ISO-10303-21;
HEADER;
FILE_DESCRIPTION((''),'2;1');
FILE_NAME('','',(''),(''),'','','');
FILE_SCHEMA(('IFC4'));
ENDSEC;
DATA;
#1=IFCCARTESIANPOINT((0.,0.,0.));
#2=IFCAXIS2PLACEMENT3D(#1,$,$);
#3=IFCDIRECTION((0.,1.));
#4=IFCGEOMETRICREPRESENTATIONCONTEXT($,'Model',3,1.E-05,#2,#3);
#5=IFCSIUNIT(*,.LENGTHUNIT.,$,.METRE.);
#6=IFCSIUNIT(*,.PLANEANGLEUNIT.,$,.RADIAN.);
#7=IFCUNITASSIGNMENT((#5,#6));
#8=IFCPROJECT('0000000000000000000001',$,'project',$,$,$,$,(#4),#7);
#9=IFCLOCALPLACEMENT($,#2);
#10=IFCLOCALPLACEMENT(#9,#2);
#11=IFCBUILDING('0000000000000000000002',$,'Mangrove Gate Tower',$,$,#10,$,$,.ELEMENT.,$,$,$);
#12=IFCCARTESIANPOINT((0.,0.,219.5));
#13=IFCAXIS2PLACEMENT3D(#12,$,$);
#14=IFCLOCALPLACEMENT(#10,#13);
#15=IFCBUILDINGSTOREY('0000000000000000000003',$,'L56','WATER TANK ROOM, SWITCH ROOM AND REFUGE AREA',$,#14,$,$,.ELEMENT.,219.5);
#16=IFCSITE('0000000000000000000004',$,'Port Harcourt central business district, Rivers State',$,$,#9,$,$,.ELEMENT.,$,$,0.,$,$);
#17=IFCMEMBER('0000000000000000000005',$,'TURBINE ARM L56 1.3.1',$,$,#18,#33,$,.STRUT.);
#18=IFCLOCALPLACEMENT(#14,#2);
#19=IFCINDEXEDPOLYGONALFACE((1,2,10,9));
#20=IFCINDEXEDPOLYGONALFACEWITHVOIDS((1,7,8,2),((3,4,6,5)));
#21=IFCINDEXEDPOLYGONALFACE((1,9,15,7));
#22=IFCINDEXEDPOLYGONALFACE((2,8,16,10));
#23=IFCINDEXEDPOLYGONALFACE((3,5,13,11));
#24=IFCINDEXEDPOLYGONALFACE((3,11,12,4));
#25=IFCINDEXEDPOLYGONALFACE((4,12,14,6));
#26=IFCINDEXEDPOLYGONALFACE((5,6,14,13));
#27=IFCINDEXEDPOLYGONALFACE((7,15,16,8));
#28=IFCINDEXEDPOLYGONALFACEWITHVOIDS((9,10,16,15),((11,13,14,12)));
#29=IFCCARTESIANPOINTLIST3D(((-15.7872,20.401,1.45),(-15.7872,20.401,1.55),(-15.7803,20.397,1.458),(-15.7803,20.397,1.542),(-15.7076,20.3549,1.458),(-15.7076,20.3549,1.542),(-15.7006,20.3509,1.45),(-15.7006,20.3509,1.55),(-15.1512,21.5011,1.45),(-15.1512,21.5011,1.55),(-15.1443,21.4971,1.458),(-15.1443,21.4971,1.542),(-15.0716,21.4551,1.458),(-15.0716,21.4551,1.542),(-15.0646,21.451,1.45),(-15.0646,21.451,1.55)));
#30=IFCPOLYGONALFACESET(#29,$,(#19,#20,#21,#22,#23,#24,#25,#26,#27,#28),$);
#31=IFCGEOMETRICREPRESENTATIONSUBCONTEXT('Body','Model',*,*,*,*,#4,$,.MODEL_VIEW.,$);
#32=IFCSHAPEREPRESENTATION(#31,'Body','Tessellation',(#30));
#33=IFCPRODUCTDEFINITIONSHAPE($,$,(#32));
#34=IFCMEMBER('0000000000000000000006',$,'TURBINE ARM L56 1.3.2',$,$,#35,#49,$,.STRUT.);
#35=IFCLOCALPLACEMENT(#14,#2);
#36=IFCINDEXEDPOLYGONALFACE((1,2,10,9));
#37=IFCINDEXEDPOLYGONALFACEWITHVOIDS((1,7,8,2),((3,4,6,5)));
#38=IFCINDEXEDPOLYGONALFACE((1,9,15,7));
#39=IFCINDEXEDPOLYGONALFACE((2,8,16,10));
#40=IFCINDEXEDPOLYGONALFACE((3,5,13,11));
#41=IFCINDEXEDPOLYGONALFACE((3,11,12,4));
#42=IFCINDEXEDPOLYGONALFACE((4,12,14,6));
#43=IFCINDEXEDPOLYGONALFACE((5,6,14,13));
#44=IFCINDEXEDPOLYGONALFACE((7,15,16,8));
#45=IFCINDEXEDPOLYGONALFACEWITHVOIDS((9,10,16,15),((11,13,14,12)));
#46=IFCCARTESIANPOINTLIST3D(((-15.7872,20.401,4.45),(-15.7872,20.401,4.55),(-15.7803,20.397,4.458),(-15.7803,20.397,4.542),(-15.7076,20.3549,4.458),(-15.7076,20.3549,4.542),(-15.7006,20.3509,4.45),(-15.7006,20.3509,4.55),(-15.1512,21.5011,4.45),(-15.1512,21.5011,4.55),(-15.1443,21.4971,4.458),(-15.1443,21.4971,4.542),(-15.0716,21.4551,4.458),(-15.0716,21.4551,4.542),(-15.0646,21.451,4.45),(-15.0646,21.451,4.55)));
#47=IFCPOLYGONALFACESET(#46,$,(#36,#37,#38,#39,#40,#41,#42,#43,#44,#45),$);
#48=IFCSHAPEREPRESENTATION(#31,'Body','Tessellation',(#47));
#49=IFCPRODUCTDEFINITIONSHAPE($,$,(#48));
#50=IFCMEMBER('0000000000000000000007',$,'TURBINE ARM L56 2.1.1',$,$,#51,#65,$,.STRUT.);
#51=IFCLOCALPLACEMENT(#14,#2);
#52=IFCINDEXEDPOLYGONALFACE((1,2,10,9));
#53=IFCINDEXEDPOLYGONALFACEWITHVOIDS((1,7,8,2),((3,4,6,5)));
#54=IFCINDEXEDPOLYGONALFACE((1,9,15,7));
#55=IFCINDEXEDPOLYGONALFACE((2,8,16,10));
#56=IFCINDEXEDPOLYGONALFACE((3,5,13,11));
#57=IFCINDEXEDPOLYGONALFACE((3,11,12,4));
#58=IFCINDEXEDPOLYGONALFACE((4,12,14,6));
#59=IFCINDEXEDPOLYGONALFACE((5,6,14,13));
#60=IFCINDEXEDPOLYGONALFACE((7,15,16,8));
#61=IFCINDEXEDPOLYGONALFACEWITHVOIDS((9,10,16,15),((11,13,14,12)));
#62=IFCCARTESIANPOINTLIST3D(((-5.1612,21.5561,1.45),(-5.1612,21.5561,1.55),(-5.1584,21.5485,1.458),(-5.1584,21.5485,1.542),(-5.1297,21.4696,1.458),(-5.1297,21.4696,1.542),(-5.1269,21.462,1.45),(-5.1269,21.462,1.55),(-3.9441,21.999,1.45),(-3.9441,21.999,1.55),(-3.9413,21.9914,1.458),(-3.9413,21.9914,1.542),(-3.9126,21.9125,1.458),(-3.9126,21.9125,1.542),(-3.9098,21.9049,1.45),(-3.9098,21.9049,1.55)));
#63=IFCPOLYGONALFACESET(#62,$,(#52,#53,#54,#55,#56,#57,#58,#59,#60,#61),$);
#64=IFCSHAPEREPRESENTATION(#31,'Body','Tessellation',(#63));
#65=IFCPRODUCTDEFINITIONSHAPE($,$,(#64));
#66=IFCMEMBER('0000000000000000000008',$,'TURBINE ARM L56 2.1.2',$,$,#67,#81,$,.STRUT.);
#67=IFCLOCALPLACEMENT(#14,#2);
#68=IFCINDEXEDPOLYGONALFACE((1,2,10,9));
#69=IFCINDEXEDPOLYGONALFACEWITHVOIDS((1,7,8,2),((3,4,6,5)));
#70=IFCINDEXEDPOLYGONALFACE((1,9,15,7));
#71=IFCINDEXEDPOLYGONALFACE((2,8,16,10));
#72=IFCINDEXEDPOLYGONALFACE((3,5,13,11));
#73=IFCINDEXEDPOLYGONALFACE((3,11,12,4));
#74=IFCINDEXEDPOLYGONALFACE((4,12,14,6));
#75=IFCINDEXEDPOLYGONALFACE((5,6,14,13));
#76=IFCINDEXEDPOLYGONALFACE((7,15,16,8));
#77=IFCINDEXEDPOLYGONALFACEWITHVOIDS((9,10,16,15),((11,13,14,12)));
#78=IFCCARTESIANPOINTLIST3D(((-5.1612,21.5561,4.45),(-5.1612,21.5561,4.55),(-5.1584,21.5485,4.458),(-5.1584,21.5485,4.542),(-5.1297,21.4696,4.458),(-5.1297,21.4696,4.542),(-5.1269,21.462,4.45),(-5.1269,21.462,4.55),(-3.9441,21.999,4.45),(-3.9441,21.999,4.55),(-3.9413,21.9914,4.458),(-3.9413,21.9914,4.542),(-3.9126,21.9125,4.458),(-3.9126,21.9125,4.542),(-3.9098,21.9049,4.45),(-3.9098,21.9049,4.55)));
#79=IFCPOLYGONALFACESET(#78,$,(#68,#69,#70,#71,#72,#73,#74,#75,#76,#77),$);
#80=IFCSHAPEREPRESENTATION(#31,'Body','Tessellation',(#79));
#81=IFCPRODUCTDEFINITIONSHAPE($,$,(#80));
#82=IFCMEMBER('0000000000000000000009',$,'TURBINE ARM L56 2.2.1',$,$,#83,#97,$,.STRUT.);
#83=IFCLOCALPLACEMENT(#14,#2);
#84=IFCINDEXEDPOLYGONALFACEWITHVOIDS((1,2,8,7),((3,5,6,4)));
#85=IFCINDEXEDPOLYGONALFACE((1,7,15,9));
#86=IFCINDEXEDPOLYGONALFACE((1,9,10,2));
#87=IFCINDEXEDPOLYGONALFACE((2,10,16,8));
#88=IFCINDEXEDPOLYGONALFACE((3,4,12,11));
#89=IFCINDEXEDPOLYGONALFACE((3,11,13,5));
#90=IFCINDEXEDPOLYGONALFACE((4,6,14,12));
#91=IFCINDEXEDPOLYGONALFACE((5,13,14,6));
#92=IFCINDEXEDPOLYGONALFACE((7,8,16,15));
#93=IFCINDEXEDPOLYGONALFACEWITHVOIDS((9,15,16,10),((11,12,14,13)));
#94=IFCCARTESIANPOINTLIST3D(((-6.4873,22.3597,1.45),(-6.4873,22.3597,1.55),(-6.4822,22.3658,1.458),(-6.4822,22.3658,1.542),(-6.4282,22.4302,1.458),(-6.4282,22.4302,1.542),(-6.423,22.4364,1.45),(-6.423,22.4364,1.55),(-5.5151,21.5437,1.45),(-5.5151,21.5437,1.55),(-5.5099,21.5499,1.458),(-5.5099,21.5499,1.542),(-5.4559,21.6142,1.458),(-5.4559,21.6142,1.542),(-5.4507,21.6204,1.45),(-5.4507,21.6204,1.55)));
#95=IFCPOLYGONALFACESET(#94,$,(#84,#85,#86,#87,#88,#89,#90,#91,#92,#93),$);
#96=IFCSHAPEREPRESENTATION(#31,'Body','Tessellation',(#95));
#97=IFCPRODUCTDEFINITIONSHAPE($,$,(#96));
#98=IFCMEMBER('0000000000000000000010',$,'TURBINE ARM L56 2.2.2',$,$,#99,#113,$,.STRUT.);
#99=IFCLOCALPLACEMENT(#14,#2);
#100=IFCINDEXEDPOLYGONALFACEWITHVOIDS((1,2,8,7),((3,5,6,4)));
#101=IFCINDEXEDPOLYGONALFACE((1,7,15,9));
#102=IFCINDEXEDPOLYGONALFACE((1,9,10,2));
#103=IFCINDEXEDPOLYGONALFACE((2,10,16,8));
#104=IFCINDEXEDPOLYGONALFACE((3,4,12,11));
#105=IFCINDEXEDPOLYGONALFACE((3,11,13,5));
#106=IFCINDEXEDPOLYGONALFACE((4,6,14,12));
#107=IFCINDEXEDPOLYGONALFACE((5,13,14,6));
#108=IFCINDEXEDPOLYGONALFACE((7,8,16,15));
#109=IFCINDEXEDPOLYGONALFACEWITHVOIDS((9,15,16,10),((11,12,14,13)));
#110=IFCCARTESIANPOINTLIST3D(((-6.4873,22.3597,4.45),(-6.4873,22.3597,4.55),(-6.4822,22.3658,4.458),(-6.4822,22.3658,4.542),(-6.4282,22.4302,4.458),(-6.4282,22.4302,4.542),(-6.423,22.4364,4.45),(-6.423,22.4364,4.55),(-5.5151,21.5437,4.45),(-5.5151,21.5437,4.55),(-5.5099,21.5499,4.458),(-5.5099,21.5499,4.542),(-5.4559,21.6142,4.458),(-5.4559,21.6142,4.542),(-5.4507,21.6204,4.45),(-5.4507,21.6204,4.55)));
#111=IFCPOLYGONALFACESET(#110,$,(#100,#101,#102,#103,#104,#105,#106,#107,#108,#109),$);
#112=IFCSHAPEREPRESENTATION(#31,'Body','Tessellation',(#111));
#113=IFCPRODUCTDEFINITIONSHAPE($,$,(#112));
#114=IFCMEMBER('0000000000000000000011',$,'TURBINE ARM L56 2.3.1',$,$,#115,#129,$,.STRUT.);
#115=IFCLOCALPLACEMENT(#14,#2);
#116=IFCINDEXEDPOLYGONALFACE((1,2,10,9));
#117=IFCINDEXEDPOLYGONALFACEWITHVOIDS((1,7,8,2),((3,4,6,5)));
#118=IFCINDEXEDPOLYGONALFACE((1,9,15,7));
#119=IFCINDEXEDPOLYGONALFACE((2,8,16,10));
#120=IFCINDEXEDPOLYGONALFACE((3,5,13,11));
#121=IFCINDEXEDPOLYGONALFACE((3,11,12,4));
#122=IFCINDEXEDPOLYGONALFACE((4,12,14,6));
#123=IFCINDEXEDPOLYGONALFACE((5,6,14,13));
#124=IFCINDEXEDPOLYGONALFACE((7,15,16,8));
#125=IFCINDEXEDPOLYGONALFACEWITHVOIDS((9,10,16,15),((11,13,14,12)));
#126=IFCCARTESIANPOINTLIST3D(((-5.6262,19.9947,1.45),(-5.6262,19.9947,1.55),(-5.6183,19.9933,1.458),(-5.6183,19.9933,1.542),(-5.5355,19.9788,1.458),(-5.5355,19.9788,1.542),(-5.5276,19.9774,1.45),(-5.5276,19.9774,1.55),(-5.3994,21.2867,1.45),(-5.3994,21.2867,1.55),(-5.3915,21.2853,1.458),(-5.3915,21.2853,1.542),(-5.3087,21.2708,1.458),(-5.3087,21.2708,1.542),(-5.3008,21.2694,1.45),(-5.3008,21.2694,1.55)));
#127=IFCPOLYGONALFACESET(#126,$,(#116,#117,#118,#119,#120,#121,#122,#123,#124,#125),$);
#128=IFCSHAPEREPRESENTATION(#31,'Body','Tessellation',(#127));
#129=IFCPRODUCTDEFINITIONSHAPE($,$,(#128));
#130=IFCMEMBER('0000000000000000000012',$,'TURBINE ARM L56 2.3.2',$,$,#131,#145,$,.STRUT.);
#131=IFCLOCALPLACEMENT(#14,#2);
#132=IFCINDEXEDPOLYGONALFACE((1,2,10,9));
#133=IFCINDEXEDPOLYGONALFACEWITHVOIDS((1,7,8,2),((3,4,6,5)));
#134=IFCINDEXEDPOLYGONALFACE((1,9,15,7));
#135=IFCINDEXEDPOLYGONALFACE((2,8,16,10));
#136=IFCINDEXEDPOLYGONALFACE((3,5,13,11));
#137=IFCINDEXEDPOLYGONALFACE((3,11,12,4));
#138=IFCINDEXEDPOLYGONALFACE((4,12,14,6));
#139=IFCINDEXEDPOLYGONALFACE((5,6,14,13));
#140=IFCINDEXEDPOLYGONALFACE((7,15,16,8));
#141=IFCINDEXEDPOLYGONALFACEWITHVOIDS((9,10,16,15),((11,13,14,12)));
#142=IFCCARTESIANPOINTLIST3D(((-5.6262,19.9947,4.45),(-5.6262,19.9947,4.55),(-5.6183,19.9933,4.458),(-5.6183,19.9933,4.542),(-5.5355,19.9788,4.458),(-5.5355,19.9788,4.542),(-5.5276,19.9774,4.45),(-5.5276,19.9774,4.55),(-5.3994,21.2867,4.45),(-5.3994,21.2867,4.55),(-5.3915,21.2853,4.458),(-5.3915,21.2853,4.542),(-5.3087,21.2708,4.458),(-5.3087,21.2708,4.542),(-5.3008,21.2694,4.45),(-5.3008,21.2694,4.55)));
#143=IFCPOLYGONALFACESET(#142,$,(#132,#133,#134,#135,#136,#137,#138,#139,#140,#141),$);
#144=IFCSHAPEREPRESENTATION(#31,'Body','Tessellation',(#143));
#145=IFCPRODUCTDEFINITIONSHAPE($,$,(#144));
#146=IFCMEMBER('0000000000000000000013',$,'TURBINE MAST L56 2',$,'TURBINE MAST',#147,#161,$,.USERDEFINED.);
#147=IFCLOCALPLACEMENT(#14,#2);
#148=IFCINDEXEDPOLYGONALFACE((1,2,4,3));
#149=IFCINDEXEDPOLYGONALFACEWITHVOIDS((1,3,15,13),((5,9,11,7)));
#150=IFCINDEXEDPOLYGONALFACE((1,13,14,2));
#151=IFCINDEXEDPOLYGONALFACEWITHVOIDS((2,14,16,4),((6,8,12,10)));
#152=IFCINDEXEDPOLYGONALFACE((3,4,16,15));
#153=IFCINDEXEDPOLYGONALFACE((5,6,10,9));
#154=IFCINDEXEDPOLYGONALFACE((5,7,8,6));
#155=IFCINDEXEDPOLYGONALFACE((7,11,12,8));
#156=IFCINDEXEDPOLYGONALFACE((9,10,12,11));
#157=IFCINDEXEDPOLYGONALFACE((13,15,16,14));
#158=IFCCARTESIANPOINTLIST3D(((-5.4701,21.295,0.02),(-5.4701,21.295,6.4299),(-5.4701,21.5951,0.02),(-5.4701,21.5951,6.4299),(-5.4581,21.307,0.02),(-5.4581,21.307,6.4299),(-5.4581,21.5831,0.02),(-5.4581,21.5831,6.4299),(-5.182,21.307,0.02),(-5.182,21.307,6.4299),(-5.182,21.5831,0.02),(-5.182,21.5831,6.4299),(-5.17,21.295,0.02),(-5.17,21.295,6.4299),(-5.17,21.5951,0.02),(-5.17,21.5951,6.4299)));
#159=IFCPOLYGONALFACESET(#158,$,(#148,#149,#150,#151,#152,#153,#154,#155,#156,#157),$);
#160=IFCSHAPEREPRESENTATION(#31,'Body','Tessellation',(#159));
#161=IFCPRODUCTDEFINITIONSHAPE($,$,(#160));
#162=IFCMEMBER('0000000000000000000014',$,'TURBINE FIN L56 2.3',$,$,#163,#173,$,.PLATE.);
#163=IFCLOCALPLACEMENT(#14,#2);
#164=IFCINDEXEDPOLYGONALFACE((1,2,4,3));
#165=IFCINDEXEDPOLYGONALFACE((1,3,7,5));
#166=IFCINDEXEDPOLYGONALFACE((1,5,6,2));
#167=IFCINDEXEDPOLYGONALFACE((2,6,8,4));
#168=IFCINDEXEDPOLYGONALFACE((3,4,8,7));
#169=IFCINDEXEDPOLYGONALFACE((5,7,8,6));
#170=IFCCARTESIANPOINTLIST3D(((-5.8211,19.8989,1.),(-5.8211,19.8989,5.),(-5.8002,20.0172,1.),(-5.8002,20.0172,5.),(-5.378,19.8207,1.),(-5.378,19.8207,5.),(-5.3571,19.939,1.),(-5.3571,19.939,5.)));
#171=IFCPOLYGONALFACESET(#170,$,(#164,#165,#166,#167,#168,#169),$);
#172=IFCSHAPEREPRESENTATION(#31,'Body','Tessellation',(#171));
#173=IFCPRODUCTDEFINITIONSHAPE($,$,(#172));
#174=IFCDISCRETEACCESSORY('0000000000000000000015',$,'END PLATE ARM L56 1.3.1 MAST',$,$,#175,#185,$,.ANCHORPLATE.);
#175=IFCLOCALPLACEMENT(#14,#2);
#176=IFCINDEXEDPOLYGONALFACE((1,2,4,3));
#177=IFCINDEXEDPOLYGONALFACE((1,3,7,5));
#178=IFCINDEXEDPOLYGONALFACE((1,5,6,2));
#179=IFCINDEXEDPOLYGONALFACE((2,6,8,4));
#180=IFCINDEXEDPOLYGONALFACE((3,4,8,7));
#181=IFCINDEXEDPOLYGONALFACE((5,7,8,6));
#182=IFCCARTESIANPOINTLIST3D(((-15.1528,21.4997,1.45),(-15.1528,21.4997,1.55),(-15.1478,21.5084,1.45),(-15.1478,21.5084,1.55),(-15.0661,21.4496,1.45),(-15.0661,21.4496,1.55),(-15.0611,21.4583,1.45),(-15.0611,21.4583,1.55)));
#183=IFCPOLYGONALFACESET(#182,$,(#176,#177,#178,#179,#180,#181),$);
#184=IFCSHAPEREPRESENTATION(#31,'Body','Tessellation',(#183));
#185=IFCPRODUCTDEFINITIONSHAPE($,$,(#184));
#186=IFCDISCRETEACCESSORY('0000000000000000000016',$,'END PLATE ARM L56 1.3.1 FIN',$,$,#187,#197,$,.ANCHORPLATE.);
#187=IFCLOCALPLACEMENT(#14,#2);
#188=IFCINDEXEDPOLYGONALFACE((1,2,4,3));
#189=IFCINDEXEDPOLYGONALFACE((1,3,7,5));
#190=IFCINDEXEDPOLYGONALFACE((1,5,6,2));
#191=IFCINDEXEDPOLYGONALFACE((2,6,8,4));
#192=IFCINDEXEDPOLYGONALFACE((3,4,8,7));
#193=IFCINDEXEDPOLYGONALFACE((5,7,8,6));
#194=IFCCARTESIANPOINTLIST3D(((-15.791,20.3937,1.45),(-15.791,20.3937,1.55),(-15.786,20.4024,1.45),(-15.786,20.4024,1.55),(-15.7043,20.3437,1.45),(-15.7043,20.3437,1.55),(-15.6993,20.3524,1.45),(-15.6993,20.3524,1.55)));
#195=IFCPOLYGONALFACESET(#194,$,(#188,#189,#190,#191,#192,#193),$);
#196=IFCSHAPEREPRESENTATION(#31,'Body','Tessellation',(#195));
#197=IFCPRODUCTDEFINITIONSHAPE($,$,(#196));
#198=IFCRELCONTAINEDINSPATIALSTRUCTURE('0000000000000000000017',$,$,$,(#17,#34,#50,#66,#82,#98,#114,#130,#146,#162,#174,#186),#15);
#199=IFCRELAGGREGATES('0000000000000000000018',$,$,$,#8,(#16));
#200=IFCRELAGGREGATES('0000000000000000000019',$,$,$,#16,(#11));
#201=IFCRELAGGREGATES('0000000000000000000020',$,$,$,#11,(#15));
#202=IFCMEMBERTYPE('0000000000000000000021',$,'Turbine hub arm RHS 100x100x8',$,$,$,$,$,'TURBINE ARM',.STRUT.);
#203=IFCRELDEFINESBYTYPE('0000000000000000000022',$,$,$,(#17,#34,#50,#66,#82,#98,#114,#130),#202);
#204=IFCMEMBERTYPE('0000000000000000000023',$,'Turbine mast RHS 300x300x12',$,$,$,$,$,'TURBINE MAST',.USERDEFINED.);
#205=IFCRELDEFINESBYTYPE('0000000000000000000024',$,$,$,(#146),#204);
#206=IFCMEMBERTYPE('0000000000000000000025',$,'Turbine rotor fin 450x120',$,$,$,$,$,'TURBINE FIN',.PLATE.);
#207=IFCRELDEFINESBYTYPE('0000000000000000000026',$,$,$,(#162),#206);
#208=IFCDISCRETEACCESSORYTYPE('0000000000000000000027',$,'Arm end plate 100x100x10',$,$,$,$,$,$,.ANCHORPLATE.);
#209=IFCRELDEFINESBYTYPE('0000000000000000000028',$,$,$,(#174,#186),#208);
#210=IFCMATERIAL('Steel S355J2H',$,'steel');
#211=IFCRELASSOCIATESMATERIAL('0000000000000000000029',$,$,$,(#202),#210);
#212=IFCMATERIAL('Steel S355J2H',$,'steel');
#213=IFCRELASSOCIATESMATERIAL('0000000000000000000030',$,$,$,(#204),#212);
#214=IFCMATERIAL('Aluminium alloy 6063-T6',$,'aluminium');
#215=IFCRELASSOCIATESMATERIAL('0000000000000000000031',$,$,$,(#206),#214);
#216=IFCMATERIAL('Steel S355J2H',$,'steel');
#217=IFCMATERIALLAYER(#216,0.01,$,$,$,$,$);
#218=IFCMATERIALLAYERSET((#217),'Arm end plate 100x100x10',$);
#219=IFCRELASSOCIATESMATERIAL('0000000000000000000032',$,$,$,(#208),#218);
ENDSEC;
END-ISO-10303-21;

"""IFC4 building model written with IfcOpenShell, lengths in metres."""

from ifc_helpers import new_model, si_unit, direction, frame, origin, origin_2d, place, context, subcontext, project, spatial, rectangle, hollow_rectangle, extrude, material, layer, layer_set, material_profile, profile_set, type_object, element, save


model = new_model("IFC4")

# Units and contexts
model_context = context("Model", 3, precision=1e-05, world=origin(), true_north=direction((0.0, 1.0)))
body_context = subcontext(model_context, "Body", "Model", "MODEL_VIEW")
ifc_project = project(units=[si_unit("LENGTHUNIT", "METRE"), si_unit("PLANEANGLEUNIT", "RADIAN")], contexts=[model_context])

# Site, building, storey
site_placement = place(None, origin())
site = spatial("IfcSite", under=ifc_project, at=site_placement, Name="Port Harcourt central business district, Rivers State", CompositionType="ELEMENT", RefElevation=0.0)
building_placement = place(site_placement, origin())
building = spatial("IfcBuilding", under=site, at=building_placement, Name="Mangrove Gate Tower", CompositionType="ELEMENT")
storey_placement = place(building_placement, frame((0.0, 0.0, 219.5)))
storey = spatial("IfcBuildingStorey", under=building, at=storey_placement, Name="L56", Description="WATER TANK ROOM, SWITCH ROOM AND REFUGE AREA", CompositionType="ELEMENT", Elevation=219.5)

# Members
ifc_material_1 = material(Name="Steel S355J2H", Category="steel")
ifc_material_profile_1 = material_profile(ifc_material_1, hollow_rectangle(XDim=0.1001, YDim=0.1001, WallThickness=0.0081, at=origin_2d()))
ifc_profile_set_1 = profile_set([ifc_material_profile_1], Name="Steel S355J2H")
member_type_1 = type_object("IfcMemberType", Name="Turbine hub arm RHS 100x100x8", ElementType="TURBINE ARM", PredefinedType="STRUT", material=ifc_profile_set_1)
for number, where, z_axis, x_axis, name in (
    (1, (-15.1079, 21.4761, 1.5), (-0.500498, -0.865737, 0.0), (0.865737, -0.500498, 0.0), "TURBINE ARM L56 1.3.1"),
    (2, (-15.1079, 21.4761, 4.5), (-0.500498, -0.865737, 0.0), (0.865737, -0.500498, 0.0), "TURBINE ARM L56 1.3.2"),
):
    element("IfcMember", number, at=place(storey_placement, frame(where, z_axis=z_axis, x_axis=x_axis)), inside=storey, type_object=member_type_1, Name=name, PredefinedType="STRUT", context=body_context, shape_type="SweptSolid", body=[
        extrude(hollow_rectangle(XDim=0.1001, YDim=0.1001, WallThickness=0.0081, at=origin_2d()), origin(), (0.0, 0.0, 1.0), 1.2708),
    ])
for number, where, z_axis, x_axis, name in (
    (3, (-5.144, 21.509, 1.5), (0.939716, 0.341955, 0.0), (-0.341955, 0.939716, 0.0), "TURBINE ARM L56 2.1.1"),
    (4, (-5.144, 21.509, 4.5), (0.939716, 0.341955, 0.0), (-0.341955, 0.939716, 0.0), "TURBINE ARM L56 2.1.2"),
):
    element("IfcMember", number, at=place(storey_placement, frame(where, z_axis=z_axis, x_axis=x_axis)), inside=storey, type_object=member_type_1, Name=name, PredefinedType="STRUT", context=body_context, shape_type="SweptSolid", body=[
        extrude(hollow_rectangle(XDim=0.1001, YDim=0.1001, WallThickness=0.0081, at=origin_2d()), origin(), (0.0, 0.0, 1.0), 1.2952),
    ])
for number, where, z_axis, x_axis, name in (
    (5, (-5.4829, 21.582, 1.5), (-0.765978, 0.642867, 0.0), (-0.642867, -0.765978, 0.0), "TURBINE ARM L56 2.2.1"),
    (6, (-5.4829, 21.582, 4.5), (-0.765978, 0.642867, 0.0), (-0.642867, -0.765978, 0.0), "TURBINE ARM L56 2.2.2"),
):
    element("IfcMember", number, at=place(storey_placement, frame(where, z_axis=z_axis, x_axis=x_axis)), inside=storey, type_object=member_type_1, Name=name, PredefinedType="STRUT", context=body_context, shape_type="SweptSolid", body=[
        extrude(hollow_rectangle(XDim=0.1001, YDim=0.1001, WallThickness=0.0081, at=origin_2d()), origin(), (0.0, 0.0, 1.0), 1.2693),
    ])
for number, where, z_axis, x_axis, name in (
    (7, (-5.3501, 21.2781, 1.5), (-0.172904, -0.984939, 0.0), (0.984939, -0.172904, 0.0), "TURBINE ARM L56 2.3.1"),
    (8, (-5.3501, 21.2781, 4.5), (-0.172904, -0.984939, 0.0), (0.984939, -0.172904, 0.0), "TURBINE ARM L56 2.3.2"),
):
    element("IfcMember", number, at=place(storey_placement, frame(where, z_axis=z_axis, x_axis=x_axis)), inside=storey, type_object=member_type_1, Name=name, PredefinedType="STRUT", context=body_context, shape_type="SweptSolid", body=[
        extrude(hollow_rectangle(XDim=0.1001, YDim=0.1001, WallThickness=0.0081, at=origin_2d()), origin(), (0.0, 0.0, 1.0), 1.3118),
    ])
ifc_material_2 = material(Name="Steel S355J2H", Category="steel")
ifc_material_profile_2 = material_profile(ifc_material_2, hollow_rectangle(XDim=0.3, YDim=0.3, WallThickness=0.012, at=origin_2d()))
ifc_profile_set_2 = profile_set([ifc_material_profile_2], Name="Steel S355J2H")
member_type_2 = type_object("IfcMemberType", Name="Turbine mast RHS 300x300x12", ElementType="TURBINE MAST", PredefinedType="USERDEFINED", material=ifc_profile_set_2)
member_1_placement = place(storey_placement, frame((-5.3201, 21.4451, 0.02), z_axis=(0.0, 0.0, 1.0), x_axis=(1.0, 0.0, 0.0)))
element("IfcMember", 9, at=member_1_placement, inside=storey, type_object=member_type_2, Name="TURBINE MAST L56 2", ObjectType="TURBINE MAST", PredefinedType="USERDEFINED", context=body_context, shape_type="SweptSolid", body=[
    extrude(hollow_rectangle(XDim=0.3, YDim=0.3, WallThickness=0.012, at=origin_2d()), origin(), (0.0, 0.0, 1.0), 6.4099),
])
ifc_material_3 = material(Name="Aluminium alloy 6063-T6", Category="aluminium")
ifc_material_profile_3 = material_profile(ifc_material_3, rectangle(XDim=0.45, YDim=0.1201, at=origin_2d()))
ifc_profile_set_3 = profile_set([ifc_material_profile_3], Name="Aluminium alloy 6063-T6")
member_type_3 = type_object("IfcMemberType", Name="Turbine rotor fin 450x120", ElementType="TURBINE FIN", PredefinedType="PLATE", material=ifc_profile_set_3)
member_2_placement = place(storey_placement, frame((-5.5891, 19.9189, 1.0), z_axis=(0.0, 0.0, 1.0), x_axis=(0.984808, -0.173648, 0.0)))
element("IfcMember", 10, at=member_2_placement, inside=storey, type_object=member_type_3, Name="TURBINE FIN L56 2.3", PredefinedType="PLATE", context=body_context, shape_type="SweptSolid", body=[
    extrude(rectangle(XDim=0.45, YDim=0.1201, at=origin_2d()), origin(), (0.0, 0.0, 1.0), 4.0),
])

# Discrete accessories
ifc_material_4 = material(Name="Steel S355J2H", Category="steel")
ifc_layer_1 = layer(ifc_material_4, 0.01)
ifc_layer_set_1 = layer_set([ifc_layer_1], Name="Arm end plate 100x100x10")
discrete_accessory_type_1 = type_object("IfcDiscreteAccessoryType", Name="Arm end plate 100x100x10", PredefinedType="ANCHORPLATE", material=ifc_layer_set_1)
for number, where, z_axis, x_axis, name in (
    (11, (-15.1069, 21.479, 1.45), (0.0, 0.0, 1.0), (-0.5, -0.866025, 0.0), "END PLATE ARM L56 1.3.1 MAST"),
    (12, (-15.7451, 20.373, 1.45), (0.0, 0.0, 1.0), (-0.5, -0.866025, 0.0), "END PLATE ARM L56 1.3.1 FIN"),
):
    element("IfcDiscreteAccessory", number, at=place(storey_placement, frame(where, z_axis=z_axis, x_axis=x_axis)), inside=storey, type_object=discrete_accessory_type_1, Name=name, PredefinedType="ANCHORPLATE", context=body_context, shape_type="SweptSolid", body=[
        extrude(rectangle(XDim=0.01, YDim=0.1001, at=origin_2d()), origin(), (0.0, 0.0, 1.0), 0.1001),
    ])

save(model, "model.ifc")
